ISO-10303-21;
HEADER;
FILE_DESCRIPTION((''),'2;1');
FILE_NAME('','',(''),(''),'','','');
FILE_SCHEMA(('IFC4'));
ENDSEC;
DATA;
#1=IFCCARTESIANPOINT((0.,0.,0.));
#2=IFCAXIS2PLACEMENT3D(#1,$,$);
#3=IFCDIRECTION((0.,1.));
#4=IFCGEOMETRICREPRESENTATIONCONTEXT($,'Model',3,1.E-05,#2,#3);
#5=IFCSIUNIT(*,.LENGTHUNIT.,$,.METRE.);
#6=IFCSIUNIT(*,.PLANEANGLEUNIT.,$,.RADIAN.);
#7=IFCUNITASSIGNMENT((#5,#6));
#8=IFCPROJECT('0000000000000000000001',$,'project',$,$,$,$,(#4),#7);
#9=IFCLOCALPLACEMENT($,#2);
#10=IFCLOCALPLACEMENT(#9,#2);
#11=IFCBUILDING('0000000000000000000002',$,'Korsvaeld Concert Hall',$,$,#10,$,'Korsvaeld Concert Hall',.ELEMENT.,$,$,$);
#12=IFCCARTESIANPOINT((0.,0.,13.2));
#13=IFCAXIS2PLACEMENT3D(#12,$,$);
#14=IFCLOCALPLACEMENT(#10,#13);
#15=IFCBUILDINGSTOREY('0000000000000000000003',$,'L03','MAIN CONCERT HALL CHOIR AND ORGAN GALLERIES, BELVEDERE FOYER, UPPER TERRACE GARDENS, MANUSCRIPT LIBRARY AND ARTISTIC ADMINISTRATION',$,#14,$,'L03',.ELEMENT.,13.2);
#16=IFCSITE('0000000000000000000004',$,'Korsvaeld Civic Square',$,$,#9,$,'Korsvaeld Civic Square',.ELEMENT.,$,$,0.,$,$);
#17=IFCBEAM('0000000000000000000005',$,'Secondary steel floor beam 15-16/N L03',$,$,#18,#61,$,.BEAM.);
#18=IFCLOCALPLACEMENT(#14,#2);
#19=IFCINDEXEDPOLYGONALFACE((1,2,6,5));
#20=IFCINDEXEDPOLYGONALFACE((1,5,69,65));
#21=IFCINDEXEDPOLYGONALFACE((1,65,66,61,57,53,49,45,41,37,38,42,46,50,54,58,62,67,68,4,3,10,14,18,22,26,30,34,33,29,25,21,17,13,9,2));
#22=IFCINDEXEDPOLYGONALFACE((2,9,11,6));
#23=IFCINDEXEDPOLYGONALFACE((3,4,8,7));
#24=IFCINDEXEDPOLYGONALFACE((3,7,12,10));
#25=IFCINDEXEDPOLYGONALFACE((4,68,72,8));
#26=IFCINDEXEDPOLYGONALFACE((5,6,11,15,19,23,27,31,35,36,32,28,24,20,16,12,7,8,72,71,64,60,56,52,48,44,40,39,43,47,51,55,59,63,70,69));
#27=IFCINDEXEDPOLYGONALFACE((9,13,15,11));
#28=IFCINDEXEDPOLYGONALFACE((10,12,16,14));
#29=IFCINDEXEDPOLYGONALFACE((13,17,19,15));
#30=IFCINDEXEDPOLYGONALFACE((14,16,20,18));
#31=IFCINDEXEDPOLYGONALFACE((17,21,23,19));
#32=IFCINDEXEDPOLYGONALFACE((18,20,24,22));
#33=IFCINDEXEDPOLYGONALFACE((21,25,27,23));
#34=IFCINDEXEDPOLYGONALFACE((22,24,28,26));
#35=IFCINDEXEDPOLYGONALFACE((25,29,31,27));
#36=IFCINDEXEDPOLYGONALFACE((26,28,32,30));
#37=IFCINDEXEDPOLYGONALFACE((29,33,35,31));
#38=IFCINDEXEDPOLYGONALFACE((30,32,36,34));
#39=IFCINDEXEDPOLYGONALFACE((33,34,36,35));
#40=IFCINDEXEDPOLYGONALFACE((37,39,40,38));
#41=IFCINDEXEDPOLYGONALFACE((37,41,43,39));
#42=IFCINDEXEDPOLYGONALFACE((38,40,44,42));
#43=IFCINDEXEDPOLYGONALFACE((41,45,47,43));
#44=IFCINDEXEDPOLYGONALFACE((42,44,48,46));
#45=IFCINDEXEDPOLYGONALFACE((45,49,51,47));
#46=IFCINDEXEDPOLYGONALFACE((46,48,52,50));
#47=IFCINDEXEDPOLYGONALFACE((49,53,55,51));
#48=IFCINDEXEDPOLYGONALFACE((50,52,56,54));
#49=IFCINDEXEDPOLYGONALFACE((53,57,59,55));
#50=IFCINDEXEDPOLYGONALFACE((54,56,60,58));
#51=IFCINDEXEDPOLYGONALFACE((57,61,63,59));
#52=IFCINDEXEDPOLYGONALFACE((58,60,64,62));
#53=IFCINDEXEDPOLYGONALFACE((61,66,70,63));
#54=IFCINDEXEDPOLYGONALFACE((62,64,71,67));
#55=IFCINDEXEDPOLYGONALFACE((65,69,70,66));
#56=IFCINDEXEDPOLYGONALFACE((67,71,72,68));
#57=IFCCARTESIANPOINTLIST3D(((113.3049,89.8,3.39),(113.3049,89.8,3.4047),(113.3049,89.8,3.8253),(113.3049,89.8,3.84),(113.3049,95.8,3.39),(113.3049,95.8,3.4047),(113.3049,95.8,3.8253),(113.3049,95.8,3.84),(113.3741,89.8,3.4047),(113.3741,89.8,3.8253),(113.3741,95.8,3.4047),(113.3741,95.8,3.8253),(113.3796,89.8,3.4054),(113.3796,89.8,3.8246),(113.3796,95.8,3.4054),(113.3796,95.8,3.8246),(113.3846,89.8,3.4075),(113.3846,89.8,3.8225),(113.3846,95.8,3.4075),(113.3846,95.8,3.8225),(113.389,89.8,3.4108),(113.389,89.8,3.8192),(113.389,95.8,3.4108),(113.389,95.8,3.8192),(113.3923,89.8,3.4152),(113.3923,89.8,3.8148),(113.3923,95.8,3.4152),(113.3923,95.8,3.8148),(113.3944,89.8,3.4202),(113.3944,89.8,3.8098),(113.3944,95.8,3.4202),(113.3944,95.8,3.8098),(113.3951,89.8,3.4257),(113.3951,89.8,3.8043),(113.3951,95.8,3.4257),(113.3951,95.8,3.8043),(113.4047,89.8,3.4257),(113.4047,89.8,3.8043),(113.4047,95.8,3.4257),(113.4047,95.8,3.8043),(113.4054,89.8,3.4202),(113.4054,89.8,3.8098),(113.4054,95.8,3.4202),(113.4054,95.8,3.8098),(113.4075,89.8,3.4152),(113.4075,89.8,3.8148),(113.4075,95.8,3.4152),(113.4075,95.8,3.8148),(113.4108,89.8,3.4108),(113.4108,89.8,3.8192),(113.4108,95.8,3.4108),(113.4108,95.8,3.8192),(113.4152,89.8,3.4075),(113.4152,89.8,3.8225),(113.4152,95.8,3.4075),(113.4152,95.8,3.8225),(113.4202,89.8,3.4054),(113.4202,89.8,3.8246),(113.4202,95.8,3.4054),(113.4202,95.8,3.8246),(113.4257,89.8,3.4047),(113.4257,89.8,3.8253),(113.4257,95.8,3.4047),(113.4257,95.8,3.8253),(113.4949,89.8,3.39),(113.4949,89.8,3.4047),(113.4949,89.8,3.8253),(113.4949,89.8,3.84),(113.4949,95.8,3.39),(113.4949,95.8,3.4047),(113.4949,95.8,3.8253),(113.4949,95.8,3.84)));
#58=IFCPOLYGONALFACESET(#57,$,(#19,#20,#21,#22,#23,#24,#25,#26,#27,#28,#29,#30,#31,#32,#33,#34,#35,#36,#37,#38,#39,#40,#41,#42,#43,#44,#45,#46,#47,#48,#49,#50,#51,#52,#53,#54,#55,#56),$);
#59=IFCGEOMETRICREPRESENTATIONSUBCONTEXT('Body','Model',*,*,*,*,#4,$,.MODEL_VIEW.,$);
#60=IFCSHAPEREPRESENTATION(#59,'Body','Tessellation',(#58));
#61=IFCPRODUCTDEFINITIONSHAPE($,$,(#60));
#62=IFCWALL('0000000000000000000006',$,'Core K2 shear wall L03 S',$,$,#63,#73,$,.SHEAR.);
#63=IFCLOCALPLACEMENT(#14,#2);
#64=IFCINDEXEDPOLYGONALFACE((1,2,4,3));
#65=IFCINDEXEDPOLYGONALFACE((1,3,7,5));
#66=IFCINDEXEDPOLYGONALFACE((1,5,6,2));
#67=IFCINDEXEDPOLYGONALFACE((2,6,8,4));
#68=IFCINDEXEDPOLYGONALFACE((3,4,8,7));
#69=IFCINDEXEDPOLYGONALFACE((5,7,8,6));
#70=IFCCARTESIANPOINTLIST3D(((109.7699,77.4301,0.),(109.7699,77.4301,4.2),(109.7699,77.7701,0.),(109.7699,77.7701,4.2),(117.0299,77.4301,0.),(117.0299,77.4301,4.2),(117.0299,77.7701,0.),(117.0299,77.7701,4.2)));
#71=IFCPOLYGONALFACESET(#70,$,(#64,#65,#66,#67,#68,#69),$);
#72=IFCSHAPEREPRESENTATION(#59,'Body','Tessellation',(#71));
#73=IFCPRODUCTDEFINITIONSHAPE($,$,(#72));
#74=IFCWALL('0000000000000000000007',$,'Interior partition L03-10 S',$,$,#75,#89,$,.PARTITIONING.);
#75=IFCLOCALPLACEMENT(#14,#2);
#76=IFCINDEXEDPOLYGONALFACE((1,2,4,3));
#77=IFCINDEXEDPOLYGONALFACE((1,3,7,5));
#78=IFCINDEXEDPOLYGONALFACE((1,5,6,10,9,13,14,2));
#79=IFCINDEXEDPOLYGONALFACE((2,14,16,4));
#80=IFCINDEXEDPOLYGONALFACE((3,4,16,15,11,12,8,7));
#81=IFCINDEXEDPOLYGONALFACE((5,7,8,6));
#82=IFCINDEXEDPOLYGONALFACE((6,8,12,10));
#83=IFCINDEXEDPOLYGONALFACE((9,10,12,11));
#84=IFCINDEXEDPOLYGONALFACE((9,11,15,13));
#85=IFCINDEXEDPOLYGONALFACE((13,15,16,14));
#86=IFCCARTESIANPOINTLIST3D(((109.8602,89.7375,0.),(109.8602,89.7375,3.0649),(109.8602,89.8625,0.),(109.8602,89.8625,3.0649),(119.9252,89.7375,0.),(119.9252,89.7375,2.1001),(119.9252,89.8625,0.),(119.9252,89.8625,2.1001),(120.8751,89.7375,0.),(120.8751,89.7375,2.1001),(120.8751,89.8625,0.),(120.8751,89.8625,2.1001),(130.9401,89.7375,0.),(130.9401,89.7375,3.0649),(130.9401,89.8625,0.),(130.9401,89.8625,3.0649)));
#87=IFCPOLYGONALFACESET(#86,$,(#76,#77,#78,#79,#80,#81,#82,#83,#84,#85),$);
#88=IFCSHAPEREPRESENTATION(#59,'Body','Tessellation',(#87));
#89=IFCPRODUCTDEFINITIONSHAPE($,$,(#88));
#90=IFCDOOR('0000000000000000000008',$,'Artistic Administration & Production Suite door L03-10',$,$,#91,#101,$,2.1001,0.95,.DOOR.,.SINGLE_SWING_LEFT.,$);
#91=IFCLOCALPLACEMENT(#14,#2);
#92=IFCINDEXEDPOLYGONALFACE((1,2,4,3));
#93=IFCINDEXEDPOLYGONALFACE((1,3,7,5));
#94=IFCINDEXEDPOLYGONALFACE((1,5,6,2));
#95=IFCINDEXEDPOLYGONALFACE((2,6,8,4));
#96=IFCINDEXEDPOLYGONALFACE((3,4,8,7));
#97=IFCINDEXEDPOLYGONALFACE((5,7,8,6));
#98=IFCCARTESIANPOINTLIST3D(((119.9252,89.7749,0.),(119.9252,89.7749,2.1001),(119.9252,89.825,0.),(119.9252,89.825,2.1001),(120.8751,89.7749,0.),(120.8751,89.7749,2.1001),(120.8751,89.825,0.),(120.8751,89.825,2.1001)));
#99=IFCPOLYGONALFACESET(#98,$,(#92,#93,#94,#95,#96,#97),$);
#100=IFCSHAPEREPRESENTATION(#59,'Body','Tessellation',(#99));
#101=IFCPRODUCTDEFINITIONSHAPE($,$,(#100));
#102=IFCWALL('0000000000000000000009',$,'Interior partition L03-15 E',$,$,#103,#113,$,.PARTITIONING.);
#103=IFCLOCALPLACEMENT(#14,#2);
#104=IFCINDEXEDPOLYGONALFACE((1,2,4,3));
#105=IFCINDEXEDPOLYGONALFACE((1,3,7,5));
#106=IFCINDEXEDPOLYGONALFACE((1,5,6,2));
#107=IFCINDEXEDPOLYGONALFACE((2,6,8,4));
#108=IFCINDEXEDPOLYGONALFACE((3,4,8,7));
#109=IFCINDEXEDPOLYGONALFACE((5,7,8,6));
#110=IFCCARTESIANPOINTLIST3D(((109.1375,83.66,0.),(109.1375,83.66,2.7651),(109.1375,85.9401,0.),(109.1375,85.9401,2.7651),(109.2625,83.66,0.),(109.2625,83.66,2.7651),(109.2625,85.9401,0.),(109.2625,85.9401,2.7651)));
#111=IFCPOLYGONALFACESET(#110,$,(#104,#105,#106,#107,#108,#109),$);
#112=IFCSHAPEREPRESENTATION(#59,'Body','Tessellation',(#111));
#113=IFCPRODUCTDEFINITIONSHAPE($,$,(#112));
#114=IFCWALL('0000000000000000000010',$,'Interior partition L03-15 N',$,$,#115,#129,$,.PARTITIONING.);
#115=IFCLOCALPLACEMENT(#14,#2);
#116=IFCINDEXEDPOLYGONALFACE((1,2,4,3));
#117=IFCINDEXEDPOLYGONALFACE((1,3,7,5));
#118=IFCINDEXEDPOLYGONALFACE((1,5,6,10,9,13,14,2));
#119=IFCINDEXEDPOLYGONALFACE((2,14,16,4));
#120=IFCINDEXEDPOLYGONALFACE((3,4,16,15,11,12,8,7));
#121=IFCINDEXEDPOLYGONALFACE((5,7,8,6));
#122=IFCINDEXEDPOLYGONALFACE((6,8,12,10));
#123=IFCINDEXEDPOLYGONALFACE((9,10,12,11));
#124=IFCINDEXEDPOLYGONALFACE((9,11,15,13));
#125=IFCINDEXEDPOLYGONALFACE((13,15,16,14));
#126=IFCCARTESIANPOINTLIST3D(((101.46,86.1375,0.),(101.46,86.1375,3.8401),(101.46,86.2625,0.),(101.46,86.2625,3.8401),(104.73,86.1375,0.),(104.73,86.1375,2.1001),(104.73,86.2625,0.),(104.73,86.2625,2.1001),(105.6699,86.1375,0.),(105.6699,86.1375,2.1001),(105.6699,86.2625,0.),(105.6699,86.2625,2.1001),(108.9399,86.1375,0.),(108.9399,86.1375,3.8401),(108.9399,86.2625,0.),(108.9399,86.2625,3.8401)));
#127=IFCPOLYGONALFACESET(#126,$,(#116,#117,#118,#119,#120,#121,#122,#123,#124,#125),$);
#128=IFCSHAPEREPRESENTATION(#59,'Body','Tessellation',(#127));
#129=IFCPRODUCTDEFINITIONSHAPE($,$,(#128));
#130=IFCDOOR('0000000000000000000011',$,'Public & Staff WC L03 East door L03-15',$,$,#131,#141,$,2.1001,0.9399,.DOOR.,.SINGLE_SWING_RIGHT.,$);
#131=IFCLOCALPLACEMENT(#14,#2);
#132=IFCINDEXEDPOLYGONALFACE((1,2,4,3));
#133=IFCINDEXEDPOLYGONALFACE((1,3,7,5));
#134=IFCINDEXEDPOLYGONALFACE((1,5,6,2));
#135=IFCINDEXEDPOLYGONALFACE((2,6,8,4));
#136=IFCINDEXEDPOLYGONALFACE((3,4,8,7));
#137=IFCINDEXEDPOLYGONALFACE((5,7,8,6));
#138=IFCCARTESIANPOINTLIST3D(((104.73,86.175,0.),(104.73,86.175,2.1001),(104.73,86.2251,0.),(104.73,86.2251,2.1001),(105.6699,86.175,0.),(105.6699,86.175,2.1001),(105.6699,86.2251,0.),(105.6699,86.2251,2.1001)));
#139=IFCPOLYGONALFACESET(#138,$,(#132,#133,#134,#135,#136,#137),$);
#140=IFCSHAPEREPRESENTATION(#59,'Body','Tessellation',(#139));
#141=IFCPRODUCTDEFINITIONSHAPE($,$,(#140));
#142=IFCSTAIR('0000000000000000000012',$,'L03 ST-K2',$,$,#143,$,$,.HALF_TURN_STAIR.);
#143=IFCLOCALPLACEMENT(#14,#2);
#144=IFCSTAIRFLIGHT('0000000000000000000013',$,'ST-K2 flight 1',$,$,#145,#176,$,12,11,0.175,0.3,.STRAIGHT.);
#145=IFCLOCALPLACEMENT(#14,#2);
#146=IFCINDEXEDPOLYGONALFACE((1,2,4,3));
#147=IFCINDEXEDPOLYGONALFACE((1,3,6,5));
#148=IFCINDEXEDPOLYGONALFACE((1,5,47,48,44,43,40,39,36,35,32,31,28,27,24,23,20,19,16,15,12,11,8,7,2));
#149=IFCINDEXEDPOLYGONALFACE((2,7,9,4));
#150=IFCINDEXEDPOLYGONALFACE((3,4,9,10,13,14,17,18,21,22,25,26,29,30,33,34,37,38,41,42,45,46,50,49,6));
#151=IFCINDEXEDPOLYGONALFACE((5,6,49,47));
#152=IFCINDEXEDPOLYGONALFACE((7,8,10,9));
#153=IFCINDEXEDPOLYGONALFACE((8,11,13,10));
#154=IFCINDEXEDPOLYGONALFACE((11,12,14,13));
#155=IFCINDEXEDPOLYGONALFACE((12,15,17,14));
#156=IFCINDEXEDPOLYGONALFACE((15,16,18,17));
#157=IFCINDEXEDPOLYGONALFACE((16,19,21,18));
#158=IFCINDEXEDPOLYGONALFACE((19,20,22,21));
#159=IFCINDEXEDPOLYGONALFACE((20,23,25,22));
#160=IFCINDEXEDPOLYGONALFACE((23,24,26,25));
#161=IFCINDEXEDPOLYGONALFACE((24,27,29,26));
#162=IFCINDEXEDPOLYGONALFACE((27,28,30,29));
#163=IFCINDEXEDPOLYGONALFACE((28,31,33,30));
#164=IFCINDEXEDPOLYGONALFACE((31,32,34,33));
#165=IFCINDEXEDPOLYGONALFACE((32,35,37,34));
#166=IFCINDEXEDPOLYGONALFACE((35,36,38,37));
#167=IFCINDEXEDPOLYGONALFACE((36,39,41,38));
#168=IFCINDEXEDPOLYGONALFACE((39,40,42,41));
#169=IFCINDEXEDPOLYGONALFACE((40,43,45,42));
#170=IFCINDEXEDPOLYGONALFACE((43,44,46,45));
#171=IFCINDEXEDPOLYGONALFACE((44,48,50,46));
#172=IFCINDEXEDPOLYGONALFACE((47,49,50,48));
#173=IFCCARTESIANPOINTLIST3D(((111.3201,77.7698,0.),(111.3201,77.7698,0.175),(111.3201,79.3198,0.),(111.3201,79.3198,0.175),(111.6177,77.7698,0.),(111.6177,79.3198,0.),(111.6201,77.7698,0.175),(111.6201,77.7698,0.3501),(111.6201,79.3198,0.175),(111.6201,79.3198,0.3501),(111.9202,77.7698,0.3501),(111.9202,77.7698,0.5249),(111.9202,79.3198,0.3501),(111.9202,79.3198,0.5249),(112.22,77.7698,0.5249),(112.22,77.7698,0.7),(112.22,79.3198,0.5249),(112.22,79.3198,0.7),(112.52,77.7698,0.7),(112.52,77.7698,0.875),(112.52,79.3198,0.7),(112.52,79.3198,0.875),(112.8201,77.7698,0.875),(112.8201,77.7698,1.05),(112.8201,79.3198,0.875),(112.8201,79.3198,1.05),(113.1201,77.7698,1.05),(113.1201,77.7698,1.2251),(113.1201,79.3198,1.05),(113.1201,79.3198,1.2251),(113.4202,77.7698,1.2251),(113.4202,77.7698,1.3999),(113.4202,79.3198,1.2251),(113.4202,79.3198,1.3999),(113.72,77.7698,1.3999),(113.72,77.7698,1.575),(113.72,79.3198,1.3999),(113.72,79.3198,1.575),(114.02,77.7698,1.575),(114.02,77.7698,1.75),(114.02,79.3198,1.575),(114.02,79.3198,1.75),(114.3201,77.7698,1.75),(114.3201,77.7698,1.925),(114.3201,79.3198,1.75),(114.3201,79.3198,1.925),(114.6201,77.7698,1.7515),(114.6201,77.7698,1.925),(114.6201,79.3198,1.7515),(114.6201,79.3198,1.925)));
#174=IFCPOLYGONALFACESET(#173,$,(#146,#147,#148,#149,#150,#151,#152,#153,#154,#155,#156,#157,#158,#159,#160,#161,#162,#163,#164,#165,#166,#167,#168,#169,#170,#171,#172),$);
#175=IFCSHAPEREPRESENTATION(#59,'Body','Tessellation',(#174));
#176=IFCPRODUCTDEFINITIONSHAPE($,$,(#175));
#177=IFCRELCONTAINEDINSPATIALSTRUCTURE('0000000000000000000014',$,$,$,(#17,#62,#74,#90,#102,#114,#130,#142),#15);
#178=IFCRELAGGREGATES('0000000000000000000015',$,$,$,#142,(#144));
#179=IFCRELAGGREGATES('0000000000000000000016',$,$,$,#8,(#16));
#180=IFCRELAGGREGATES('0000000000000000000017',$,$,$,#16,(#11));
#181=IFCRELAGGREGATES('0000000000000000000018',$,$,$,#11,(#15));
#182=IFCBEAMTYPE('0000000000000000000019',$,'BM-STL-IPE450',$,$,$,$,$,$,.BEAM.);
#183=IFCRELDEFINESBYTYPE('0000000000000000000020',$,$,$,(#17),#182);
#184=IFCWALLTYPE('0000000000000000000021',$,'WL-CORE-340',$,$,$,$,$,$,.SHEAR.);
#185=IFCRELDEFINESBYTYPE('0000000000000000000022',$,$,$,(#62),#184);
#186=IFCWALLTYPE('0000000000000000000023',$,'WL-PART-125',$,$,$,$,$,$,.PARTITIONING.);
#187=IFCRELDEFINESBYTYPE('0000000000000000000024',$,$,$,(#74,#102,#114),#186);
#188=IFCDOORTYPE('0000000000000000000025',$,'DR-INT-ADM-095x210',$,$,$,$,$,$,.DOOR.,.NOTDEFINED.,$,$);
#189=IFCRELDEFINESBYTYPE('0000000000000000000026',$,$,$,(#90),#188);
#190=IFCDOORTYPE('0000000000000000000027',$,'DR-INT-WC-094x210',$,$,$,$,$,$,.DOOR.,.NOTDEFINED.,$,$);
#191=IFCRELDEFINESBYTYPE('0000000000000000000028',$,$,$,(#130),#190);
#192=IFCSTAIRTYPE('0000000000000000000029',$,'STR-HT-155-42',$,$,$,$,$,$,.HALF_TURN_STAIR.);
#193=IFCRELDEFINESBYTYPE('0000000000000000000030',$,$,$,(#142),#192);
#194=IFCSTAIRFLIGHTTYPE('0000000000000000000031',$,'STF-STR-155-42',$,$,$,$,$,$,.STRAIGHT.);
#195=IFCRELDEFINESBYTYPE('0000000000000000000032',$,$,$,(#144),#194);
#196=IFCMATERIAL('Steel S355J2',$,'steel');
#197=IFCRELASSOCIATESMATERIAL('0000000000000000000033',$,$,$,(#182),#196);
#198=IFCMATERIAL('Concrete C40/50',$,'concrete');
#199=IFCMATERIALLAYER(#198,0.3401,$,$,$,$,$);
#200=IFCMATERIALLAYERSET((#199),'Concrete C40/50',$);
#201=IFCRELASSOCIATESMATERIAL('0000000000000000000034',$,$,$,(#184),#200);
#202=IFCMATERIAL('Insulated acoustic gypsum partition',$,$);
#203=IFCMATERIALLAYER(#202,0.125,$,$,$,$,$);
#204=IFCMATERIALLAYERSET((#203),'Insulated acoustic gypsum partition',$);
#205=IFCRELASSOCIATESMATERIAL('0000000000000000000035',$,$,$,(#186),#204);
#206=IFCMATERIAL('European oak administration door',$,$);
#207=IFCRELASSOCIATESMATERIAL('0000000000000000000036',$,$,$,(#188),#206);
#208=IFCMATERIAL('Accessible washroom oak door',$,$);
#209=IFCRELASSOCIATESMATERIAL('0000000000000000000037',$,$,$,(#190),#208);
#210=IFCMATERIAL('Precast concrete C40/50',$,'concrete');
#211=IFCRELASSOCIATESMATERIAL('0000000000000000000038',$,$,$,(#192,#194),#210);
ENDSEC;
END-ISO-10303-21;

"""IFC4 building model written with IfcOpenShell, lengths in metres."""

from ifc_helpers import new_model, si_unit, direction, frame, frame_2d, origin, origin_2d, place, context, subcontext, project, spatial, polyline, rectangle, i_section, outline, extrude, material, layer, layer_set, material_profile, profile_set, type_object, element, fill, aggregate, save


model = new_model("IFC4")

# Units and contexts
model_context = context("Model", 3, precision=1e-05, world=origin(), true_north=direction((0.0, 1.0)))
body_context = subcontext(model_context, "Body", "Model", "MODEL_VIEW")
ifc_project = project(units=[si_unit("LENGTHUNIT", "METRE"), si_unit("PLANEANGLEUNIT", "RADIAN")], contexts=[model_context])

# Site, building, storey
site_placement = place(None, origin())
site = spatial("IfcSite", under=ifc_project, at=site_placement, Name="Korsvaeld Civic Square", LongName="Korsvaeld Civic Square", CompositionType="ELEMENT", RefElevation=0.0)
building_placement = place(site_placement, origin())
building = spatial("IfcBuilding", under=site, at=building_placement, Name="Korsvaeld Concert Hall", LongName="Korsvaeld Concert Hall", CompositionType="ELEMENT")
storey_placement = place(building_placement, frame((0.0, 0.0, 13.2)))
storey = spatial("IfcBuildingStorey", under=building, at=storey_placement, Name="L03", Description="MAIN CONCERT HALL CHOIR AND ORGAN GALLERIES, BELVEDERE FOYER, UPPER TERRACE GARDENS, MANUSCRIPT LIBRARY AND ARTISTIC ADMINISTRATION", LongName="L03", CompositionType="ELEMENT", Elevation=13.2)

# Shared definitions
ifc_material_1 = material(Name="Concrete C40/50", Category="concrete")

# Beam
ifc_material_2 = material(Name="Steel S355J2", Category="steel")
ifc_material_profile_1 = material_profile(ifc_material_2, i_section(OverallWidth=0.1899, OverallDepth=0.45, WebThickness=0.0095, FlangeThickness=0.0146, FilletRadius=0.021, at=origin_2d()), Name="IPE 450")
ifc_profile_set_1 = profile_set([ifc_material_profile_1], Name="Steel S355J2")
beam_type_1 = type_object("IfcBeamType", Name="BM-STL-IPE450", PredefinedType="BEAM", material=ifc_profile_set_1)
beam_1_placement = place(storey_placement, frame((113.3999, 89.8, 3.615), z_axis=(0.0, 1.0, 0.0), x_axis=(-1.0, 0.0, 0.0)))
element("IfcBeam", 1, at=beam_1_placement, inside=storey, type_object=beam_type_1, Name="Secondary steel floor beam 15-16/N L03", PredefinedType="BEAM", context=body_context, shape_type="SweptSolid", body=[
    extrude(i_section(OverallWidth=0.1899, OverallDepth=0.45, WebThickness=0.0095, FlangeThickness=0.0146, FilletRadius=0.021, at=origin_2d()), origin(), (0.0, 0.0, 1.0), 6.0),
])

# Wall
ifc_layer_1 = layer(ifc_material_1, 0.3401)
ifc_layer_set_1 = layer_set([ifc_layer_1], Name="Concrete C40/50")
wall_type_1 = type_object("IfcWallType", Name="WL-CORE-340", PredefinedType="SHEAR", material=ifc_layer_set_1)
wall_1_placement = place(storey_placement, frame((109.77, 77.6001, 0.0), z_axis=(0.0, 0.0, 1.0), x_axis=(1.0, 0.0, 0.0)))
element("IfcWall", 2, at=wall_1_placement, inside=storey, type_object=wall_type_1, Name="Core K2 shear wall L03 S", PredefinedType="SHEAR", context=body_context, shape_type="SweptSolid", body=[
    extrude(rectangle(XDim=7.26, YDim=0.3401, at=frame_2d((3.6299, 0.0))), origin(), (0.0, 0.0, 1.0), 4.2),
])

# Wall, opening, door
ifc_material_3 = material(Name="Insulated acoustic gypsum partition")
ifc_layer_2 = layer(ifc_material_3, 0.125)
ifc_layer_set_2 = layer_set([ifc_layer_2], Name="Insulated acoustic gypsum partition")
wall_type_2 = type_object("IfcWallType", Name="WL-PART-125", PredefinedType="PARTITIONING", material=ifc_layer_set_2)
wall_2_placement = place(storey_placement, frame((109.8601, 89.8, 0.0), z_axis=(0.0, 0.0, 1.0), x_axis=(1.0, 0.0, 0.0)))
wall_2 = element("IfcWall", 3, at=wall_2_placement, inside=storey, type_object=wall_type_2, Name="Interior partition L03-10 S", PredefinedType="PARTITIONING", context=body_context, shape_type="SweptSolid", body=[
    extrude(rectangle(XDim=21.0798, YDim=0.125, at=frame_2d((10.54, 0.0))), origin(), (0.0, 0.0, 1.0), 3.0649),
])
opening_1_placement = place(wall_2_placement, frame((10.0649, 0.0, 0.0)))
opening_1 = element("IfcOpeningElement", 4, at=opening_1_placement, cuts=wall_2, PredefinedType="OPENING", context=body_context, shape_type="SweptSolid", body=[
    extrude(rectangle(XDim=0.95, YDim=2.1001, at=frame_2d((0.4751, 1.05))), frame((0.0, 0.0725, 0.0), z_axis=(0.0, -1.0, 0.0), x_axis=(1.0, 0.0, 0.0)), (0.0, 0.0, 1.0), 0.145),
])
ifc_material_4 = material(Name="European oak administration door")
door_type_1 = type_object("IfcDoorType", Name="DR-INT-ADM-095x210", OperationType="NOTDEFINED", PredefinedType="DOOR", material=ifc_material_4)
door_1_placement = place(opening_1_placement, origin())
door_1 = element("IfcDoor", 5, at=door_1_placement, inside=storey, type_object=door_type_1, Name="Artistic Administration & Production Suite door L03-10", OperationType="SINGLE_SWING_LEFT", OverallHeight=2.1001, OverallWidth=0.95, PredefinedType="DOOR", context=body_context, shape_type="SweptSolid", body=[
    extrude(rectangle(XDim=0.95, YDim=2.1001, at=frame_2d((0.4751, 1.05))), frame((0.0, 0.0249, 0.0), z_axis=(0.0, -1.0, 0.0), x_axis=(1.0, 0.0, 0.0)), (0.0, 0.0, 1.0), 0.05),
])
fill(opening_1, door_1)

# Wall
wall_3_placement = place(storey_placement, frame((109.2, 83.6599, 0.0), z_axis=(0.0, 0.0, 1.0), x_axis=(0.0, 1.0, 0.0)))
element("IfcWall", 6, at=wall_3_placement, inside=storey, type_object=wall_type_2, Name="Interior partition L03-15 E", PredefinedType="PARTITIONING", context=body_context, shape_type="SweptSolid", body=[
    extrude(rectangle(XDim=2.28, YDim=0.125, at=frame_2d((1.1401, 0.0))), origin(), (0.0, 0.0, 1.0), 2.7651),
])

# Wall, opening, door
wall_4_placement = place(storey_placement, frame((108.9399, 86.2, 0.0), z_axis=(0.0, 0.0, 1.0), x_axis=(-1.0, 0.0, 0.0)))
wall_4 = element("IfcWall", 7, at=wall_4_placement, inside=storey, type_object=wall_type_2, Name="Interior partition L03-15 N", PredefinedType="PARTITIONING", context=body_context, shape_type="SweptSolid", body=[
    extrude(rectangle(XDim=7.48, YDim=0.125, at=frame_2d((3.74, 0.0))), origin(), (0.0, 0.0, 1.0), 3.8401),
])
opening_2_placement = place(wall_4_placement, frame((3.27, 0.0, 0.0)))
opening_2 = element("IfcOpeningElement", 8, at=opening_2_placement, cuts=wall_4, PredefinedType="OPENING", context=body_context, shape_type="SweptSolid", body=[
    extrude(rectangle(XDim=0.9399, YDim=2.1001, at=frame_2d((0.47, 1.05))), frame((0.0, 0.0725, 0.0), z_axis=(0.0, -1.0, 0.0), x_axis=(1.0, 0.0, 0.0)), (0.0, 0.0, 1.0), 0.145),
])
ifc_material_5 = material(Name="Accessible washroom oak door")
door_type_2 = type_object("IfcDoorType", Name="DR-INT-WC-094x210", OperationType="NOTDEFINED", PredefinedType="DOOR", material=ifc_material_5)
door_2_placement = place(opening_2_placement, origin())
door_2 = element("IfcDoor", 9, at=door_2_placement, inside=storey, type_object=door_type_2, Name="Public & Staff WC L03 East door L03-15", OperationType="SINGLE_SWING_RIGHT", OverallHeight=2.1001, OverallWidth=0.9399, PredefinedType="DOOR", context=body_context, shape_type="SweptSolid", body=[
    extrude(rectangle(XDim=0.9399, YDim=2.1001, at=frame_2d((0.47, 1.05))), frame((0.0, 0.0249, 0.0), z_axis=(0.0, -1.0, 0.0), x_axis=(1.0, 0.0, 0.0)), (0.0, 0.0, 1.0), 0.05),
])
fill(opening_2, door_2)

# Stair, stair flight
ifc_material_6 = material(Name="Precast concrete C40/50", Category="concrete")
stair_type = type_object("IfcStairType", Name="STR-HT-155-42", PredefinedType="HALF_TURN_STAIR", material=ifc_material_6)
stair_placement = place(storey_placement, origin())
stair = element("IfcStair", 10, at=stair_placement, inside=storey, type_object=stair_type, Name="L03 ST-K2", PredefinedType="HALF_TURN_STAIR")
stair_flight_type = type_object("IfcStairFlightType", Name="STF-STR-155-42", PredefinedType="STRAIGHT", material=ifc_material_6)
stair_flight_placement = place(storey_placement, frame((111.3201, 78.5449, 0.0), z_axis=(0.0, 0.0, 1.0), x_axis=(1.0, 0.0, 0.0)))
stair_flight = element("IfcStairFlight", 11, at=stair_flight_placement, type_object=stair_flight_type, Name="ST-K2 flight 1", NumberOfRisers=12, NumberOfTreads=11, PredefinedType="STRAIGHT", RiserHeight=0.175, TreadLength=0.3, context=body_context, shape_type="SweptSolid", body=[
    extrude(outline(polyline([(0.0, 0.0), (0.0, 0.175), (0.3, 0.175), (0.3, 0.3501), (0.6001, 0.3501), (0.6001, 0.5249), (0.8999, 0.5249), (0.8999, 0.7), (1.2, 0.7), (1.2, 0.875), (1.5, 0.875), (1.5, 1.05), (1.8, 1.05), (1.8, 1.2251), (2.1001, 1.2251), (2.1001, 1.3999), (2.3999, 1.3999), (2.3999, 1.575), (2.7, 1.575), (2.7, 1.75), (3.0, 1.75), (3.0, 1.925), (3.3, 1.925), (3.3, 2.1001), (3.3, 1.7515), (0.2976, 0.0), (0.0, 0.0)])), frame((0.0, 0.7749, 0.0), z_axis=(0.0, -1.0, 0.0), x_axis=(1.0, 0.0, 0.0)), (0.0, 0.0, 1.0), 1.55),
])
aggregate(stair, [stair_flight])

save(model, "model.ifc")
